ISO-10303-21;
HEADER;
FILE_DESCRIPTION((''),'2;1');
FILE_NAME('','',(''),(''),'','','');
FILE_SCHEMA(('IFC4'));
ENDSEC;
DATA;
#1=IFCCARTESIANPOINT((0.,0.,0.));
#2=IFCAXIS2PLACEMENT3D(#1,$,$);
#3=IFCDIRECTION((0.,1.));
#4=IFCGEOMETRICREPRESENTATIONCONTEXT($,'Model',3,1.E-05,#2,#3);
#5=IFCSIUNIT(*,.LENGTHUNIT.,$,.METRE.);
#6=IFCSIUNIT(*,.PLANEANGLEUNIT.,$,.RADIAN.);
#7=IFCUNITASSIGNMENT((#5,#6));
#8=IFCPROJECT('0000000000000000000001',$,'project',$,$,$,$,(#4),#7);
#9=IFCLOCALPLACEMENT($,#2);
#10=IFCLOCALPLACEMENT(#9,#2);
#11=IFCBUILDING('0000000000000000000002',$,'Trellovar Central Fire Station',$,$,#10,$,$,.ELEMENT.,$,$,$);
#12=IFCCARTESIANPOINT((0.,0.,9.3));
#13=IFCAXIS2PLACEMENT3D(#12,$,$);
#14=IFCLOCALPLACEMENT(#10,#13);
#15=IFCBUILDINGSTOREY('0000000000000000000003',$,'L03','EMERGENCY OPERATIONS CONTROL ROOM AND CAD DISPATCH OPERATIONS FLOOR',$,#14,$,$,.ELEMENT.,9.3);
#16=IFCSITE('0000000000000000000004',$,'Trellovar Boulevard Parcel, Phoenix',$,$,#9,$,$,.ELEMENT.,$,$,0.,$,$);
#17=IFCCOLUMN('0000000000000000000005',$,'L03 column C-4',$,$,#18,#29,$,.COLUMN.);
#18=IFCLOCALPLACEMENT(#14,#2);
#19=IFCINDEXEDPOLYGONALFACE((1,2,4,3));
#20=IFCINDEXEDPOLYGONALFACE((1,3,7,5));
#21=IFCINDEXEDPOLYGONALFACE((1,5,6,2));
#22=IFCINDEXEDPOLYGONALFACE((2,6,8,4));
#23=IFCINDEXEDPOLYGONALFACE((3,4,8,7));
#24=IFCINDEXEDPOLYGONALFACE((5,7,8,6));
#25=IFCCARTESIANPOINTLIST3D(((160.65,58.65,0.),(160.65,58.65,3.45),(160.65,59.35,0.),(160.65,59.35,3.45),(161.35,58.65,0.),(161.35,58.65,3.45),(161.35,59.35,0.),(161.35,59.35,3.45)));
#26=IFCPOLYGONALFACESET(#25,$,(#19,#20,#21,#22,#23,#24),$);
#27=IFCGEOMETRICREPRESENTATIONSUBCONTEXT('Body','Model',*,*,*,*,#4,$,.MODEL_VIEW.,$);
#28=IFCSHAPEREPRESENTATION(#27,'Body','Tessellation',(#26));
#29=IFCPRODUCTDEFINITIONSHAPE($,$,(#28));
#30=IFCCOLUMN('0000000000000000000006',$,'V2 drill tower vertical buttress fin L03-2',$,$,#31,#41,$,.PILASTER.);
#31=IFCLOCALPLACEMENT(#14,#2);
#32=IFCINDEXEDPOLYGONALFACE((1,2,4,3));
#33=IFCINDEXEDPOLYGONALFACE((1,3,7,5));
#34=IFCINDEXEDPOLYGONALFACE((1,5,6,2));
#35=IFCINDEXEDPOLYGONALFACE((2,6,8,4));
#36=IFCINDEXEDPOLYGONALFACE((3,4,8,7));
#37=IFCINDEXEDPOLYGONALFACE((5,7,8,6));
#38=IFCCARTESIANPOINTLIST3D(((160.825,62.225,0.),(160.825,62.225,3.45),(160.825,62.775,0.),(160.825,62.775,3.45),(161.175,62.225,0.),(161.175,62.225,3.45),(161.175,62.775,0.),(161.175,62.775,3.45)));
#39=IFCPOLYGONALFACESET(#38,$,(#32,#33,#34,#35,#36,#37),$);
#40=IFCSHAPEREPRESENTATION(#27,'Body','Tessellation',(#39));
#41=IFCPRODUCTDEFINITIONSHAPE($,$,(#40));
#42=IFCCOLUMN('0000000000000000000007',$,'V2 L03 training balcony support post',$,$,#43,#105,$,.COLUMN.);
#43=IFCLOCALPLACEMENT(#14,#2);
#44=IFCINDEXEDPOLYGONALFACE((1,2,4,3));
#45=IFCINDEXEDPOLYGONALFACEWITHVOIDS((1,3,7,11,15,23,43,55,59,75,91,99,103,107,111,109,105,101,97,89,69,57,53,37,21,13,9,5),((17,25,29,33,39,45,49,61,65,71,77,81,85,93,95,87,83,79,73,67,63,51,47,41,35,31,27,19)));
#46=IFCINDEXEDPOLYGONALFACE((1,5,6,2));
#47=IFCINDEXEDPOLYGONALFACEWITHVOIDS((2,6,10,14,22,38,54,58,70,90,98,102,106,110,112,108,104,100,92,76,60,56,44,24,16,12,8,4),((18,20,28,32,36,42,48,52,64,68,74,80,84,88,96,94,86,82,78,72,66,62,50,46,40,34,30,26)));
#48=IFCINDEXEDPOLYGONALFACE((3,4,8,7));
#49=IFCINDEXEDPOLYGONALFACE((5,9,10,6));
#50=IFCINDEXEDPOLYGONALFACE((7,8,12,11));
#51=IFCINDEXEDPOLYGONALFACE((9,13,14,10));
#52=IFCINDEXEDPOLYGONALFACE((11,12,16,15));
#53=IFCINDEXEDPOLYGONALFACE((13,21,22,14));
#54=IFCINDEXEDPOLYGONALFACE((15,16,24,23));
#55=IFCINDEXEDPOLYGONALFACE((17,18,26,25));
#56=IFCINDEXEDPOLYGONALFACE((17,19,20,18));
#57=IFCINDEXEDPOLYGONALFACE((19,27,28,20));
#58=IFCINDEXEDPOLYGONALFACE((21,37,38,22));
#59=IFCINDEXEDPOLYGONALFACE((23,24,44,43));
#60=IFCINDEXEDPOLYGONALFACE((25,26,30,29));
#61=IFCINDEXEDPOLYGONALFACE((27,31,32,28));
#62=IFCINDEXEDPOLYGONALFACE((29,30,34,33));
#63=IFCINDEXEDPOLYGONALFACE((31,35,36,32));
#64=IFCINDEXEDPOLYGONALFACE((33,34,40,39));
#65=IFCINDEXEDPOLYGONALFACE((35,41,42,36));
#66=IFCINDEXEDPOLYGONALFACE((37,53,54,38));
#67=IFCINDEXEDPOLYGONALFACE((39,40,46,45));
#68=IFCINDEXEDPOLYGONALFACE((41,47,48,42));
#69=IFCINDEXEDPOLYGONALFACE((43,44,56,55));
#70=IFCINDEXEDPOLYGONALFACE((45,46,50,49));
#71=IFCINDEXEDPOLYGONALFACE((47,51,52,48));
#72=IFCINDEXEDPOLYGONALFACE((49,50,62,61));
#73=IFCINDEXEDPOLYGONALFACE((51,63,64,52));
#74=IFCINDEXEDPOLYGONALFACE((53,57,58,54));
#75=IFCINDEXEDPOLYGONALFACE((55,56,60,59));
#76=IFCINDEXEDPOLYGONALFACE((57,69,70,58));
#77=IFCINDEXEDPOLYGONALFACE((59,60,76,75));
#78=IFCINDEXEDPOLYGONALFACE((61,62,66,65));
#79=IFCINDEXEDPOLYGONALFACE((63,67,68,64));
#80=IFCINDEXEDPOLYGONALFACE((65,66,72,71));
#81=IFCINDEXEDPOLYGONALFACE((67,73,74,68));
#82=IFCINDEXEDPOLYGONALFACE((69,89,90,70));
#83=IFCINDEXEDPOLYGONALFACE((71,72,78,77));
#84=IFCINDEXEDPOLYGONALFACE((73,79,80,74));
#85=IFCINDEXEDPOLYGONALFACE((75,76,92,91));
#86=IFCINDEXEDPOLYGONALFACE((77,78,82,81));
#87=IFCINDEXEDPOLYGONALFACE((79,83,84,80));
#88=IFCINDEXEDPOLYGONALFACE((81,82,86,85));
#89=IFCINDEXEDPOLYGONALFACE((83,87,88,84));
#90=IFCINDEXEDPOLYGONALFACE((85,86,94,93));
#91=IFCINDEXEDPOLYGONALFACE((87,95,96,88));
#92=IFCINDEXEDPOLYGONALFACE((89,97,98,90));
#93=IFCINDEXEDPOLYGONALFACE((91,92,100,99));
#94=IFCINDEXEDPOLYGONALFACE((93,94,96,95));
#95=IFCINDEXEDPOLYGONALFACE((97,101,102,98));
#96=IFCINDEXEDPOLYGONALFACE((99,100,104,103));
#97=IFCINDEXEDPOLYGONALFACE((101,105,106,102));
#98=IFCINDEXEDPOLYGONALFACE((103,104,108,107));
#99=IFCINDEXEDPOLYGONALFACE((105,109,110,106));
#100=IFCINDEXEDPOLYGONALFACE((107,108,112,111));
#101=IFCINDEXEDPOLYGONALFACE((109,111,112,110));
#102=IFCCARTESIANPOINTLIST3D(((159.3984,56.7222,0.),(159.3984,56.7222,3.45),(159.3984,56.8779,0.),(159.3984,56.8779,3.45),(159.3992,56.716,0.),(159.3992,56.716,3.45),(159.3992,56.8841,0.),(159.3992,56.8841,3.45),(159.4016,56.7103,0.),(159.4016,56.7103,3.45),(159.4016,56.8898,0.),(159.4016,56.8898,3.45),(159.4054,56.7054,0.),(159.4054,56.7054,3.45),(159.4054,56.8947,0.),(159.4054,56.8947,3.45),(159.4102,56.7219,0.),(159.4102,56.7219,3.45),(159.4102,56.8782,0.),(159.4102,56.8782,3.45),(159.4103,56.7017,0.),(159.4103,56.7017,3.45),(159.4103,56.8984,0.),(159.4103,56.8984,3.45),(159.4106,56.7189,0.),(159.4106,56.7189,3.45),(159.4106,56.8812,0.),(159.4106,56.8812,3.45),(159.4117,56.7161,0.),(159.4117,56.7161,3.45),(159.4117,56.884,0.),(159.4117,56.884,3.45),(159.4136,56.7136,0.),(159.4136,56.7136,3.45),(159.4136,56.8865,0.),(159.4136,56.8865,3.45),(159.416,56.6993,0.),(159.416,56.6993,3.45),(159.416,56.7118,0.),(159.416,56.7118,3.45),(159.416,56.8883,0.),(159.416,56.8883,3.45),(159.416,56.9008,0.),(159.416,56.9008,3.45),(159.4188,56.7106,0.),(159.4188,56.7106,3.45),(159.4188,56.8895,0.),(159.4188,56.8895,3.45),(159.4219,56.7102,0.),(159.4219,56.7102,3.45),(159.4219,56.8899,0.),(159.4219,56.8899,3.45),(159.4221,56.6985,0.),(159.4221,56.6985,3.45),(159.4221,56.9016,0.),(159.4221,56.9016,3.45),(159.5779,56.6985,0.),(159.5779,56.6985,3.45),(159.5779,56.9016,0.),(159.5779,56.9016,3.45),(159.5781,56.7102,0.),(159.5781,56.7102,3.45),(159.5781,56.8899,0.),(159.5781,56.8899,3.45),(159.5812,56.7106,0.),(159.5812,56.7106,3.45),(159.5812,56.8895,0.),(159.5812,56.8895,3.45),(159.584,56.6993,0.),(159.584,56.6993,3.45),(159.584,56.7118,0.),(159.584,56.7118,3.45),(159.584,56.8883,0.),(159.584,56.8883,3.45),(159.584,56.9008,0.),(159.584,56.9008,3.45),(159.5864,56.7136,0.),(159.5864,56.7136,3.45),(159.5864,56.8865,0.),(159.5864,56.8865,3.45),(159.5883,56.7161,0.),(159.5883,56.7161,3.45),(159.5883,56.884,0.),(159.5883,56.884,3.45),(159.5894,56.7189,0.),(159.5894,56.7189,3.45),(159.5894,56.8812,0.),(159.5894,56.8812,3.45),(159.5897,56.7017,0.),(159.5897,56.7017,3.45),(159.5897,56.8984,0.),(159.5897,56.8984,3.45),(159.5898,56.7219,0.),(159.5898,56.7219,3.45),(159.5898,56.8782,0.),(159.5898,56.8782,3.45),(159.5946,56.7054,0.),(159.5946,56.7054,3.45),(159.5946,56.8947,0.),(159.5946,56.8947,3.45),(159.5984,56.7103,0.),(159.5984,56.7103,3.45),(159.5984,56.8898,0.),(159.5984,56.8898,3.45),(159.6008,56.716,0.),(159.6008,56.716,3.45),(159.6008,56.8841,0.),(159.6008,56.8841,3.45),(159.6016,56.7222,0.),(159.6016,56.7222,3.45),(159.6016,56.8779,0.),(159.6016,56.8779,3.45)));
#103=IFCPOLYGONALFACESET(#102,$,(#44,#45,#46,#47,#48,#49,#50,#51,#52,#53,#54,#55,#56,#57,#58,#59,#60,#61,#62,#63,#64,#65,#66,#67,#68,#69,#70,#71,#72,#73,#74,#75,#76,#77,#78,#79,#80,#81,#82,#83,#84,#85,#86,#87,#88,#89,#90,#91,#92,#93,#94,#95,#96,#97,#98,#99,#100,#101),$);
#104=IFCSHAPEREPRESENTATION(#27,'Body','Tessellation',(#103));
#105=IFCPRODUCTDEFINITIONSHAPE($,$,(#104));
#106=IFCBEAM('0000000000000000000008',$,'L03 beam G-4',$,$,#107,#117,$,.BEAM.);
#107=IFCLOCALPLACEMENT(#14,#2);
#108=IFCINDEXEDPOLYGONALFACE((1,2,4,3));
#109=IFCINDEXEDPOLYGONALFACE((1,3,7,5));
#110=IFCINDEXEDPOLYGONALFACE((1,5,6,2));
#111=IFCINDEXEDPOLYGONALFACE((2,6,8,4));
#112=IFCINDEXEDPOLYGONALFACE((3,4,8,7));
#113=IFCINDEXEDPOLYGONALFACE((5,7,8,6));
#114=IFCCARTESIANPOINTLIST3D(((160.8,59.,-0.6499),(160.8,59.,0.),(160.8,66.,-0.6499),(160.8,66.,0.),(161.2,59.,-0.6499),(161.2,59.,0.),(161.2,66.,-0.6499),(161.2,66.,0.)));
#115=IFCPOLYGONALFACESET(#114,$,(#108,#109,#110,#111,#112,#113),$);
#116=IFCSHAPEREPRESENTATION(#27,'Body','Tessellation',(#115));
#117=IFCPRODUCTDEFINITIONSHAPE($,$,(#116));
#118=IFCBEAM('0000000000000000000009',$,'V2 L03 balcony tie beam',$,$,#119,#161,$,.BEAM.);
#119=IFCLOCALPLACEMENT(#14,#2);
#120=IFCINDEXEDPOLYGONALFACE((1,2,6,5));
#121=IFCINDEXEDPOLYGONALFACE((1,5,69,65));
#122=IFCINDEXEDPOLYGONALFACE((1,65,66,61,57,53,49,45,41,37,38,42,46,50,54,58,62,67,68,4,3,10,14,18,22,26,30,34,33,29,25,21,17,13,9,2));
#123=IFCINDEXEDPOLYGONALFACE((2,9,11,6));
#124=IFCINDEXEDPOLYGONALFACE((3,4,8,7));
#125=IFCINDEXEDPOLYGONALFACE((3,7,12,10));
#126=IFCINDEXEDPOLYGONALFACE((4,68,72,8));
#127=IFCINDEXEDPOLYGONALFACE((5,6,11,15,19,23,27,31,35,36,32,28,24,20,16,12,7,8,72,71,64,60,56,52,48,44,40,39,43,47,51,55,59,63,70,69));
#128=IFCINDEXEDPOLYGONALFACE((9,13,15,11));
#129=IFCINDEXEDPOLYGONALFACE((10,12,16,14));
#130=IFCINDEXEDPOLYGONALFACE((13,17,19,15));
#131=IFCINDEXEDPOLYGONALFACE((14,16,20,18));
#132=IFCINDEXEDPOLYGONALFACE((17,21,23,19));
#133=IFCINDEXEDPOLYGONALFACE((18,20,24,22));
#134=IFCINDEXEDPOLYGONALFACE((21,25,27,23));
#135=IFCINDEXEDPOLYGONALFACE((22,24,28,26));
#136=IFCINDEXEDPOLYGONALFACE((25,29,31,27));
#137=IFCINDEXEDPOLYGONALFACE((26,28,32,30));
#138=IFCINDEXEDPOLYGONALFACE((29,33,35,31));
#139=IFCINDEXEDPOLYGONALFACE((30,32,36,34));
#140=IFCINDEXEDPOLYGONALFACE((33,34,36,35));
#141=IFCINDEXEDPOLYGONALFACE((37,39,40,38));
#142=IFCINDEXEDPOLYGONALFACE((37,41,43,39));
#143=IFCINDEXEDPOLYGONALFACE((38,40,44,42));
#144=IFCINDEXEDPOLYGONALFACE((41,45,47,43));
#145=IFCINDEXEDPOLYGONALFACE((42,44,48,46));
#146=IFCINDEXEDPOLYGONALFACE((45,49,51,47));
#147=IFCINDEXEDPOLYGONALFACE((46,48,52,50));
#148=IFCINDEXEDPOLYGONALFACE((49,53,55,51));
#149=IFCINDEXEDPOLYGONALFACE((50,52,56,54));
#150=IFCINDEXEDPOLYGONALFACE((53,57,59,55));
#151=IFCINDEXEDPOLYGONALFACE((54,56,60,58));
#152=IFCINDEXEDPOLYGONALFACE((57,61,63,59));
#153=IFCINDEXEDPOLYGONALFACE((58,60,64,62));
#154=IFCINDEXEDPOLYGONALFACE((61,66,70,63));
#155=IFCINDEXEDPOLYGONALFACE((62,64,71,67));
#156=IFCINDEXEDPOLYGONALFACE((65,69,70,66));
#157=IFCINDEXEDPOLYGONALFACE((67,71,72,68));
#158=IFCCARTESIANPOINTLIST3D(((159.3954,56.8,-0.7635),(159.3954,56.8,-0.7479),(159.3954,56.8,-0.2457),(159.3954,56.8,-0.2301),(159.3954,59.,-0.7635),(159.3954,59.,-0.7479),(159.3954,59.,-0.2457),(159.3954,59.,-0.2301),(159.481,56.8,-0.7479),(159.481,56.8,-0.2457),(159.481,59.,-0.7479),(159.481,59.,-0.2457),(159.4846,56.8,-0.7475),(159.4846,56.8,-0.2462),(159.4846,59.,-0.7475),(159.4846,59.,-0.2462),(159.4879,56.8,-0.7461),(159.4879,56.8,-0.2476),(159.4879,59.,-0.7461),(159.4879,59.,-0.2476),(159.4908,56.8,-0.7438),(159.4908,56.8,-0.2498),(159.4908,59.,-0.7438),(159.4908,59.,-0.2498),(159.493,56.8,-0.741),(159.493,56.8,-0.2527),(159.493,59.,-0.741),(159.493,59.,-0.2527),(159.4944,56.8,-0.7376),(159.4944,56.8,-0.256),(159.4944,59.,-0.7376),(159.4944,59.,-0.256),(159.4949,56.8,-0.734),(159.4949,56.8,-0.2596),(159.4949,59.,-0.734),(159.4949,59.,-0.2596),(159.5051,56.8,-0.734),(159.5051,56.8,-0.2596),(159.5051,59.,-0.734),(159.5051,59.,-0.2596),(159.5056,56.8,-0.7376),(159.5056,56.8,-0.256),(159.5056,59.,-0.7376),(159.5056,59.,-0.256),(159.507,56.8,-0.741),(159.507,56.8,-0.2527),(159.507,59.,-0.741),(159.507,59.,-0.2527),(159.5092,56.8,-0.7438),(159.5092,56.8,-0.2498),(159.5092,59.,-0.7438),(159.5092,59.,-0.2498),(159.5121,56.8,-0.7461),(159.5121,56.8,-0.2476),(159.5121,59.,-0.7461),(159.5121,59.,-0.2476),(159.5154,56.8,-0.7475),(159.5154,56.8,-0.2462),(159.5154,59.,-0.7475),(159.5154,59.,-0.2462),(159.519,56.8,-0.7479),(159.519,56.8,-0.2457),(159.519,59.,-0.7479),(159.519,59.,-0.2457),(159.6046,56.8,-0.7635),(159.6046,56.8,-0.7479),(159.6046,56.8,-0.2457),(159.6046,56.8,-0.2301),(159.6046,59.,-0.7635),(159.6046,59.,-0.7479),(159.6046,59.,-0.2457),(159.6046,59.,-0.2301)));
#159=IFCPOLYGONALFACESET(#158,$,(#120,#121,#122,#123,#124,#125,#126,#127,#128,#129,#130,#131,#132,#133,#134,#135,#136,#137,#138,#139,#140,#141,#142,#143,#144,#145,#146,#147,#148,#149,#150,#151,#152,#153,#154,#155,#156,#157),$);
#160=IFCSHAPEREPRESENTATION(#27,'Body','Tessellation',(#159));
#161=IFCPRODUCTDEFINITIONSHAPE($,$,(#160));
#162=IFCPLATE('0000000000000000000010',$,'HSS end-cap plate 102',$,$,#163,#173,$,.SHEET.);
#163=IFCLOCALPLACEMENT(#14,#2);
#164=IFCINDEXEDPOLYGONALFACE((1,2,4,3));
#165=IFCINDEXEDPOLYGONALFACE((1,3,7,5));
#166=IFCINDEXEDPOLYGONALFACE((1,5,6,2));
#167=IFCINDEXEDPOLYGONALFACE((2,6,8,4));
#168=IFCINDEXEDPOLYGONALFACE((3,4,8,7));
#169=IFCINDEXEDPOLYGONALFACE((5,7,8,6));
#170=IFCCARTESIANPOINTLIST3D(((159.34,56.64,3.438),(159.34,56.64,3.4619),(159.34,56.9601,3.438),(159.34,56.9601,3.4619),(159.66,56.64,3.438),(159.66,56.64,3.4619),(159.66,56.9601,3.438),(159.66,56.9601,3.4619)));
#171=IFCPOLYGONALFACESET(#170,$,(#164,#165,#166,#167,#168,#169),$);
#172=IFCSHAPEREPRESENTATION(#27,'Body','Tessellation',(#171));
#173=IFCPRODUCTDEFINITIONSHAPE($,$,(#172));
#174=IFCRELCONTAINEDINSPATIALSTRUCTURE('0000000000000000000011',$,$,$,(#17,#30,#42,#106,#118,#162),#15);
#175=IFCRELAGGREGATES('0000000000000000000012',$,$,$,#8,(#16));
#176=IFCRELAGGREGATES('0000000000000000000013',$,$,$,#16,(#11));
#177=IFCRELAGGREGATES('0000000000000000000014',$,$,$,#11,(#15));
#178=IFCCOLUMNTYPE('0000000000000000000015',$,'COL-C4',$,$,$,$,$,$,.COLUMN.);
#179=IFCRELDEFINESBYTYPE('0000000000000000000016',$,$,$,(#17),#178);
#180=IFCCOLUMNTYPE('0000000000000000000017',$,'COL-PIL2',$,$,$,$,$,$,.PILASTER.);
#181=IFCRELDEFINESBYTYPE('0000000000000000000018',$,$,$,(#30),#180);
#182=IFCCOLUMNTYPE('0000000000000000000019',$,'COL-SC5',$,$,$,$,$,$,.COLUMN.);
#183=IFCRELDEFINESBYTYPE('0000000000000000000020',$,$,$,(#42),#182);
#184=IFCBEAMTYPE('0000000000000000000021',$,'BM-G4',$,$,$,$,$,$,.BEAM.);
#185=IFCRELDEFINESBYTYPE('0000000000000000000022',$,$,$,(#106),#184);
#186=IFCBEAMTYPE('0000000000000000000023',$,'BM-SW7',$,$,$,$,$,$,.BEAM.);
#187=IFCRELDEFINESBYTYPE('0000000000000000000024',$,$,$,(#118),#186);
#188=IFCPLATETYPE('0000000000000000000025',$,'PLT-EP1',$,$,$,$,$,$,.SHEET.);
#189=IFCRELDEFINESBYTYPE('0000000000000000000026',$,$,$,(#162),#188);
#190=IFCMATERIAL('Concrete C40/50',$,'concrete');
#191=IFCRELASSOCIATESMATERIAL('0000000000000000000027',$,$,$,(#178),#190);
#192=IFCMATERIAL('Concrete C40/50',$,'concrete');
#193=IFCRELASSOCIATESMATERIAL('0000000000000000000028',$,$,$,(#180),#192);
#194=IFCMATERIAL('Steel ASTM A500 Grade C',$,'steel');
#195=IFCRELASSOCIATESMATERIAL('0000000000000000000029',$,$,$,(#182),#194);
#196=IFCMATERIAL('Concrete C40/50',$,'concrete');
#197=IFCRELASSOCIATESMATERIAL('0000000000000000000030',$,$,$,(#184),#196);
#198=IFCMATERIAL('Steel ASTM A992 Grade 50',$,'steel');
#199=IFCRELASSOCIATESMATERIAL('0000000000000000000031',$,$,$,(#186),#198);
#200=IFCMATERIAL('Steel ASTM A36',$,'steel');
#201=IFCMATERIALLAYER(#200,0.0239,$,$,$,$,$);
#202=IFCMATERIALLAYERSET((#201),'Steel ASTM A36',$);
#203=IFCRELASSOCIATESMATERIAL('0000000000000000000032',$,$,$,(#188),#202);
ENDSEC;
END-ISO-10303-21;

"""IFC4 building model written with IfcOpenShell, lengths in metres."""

from ifc_helpers import new_model, si_unit, direction, frame, origin, origin_2d, place, context, subcontext, project, spatial, rectangle, hollow_rectangle, i_section, extrude, material, layer, layer_set, material_profile, profile_set, type_object, element, save


model = new_model("IFC4")

# Units and contexts
model_context = context("Model", 3, precision=1e-05, world=origin(), true_north=direction((0.0, 1.0)))
body_context = subcontext(model_context, "Body", "Model", "MODEL_VIEW")
ifc_project = project(units=[si_unit("LENGTHUNIT", "METRE"), si_unit("PLANEANGLEUNIT", "RADIAN")], contexts=[model_context])

# Site, building, storey
site_placement = place(None, origin())
site = spatial("IfcSite", under=ifc_project, at=site_placement, Name="Trellovar Boulevard Parcel, Phoenix", CompositionType="ELEMENT", RefElevation=0.0)
building_placement = place(site_placement, origin())
building = spatial("IfcBuilding", under=site, at=building_placement, Name="Trellovar Central Fire Station", CompositionType="ELEMENT")
storey_placement = place(building_placement, frame((0.0, 0.0, 9.3)))
storey = spatial("IfcBuildingStorey", under=building, at=storey_placement, Name="L03", Description="EMERGENCY OPERATIONS CONTROL ROOM AND CAD DISPATCH OPERATIONS FLOOR", CompositionType="ELEMENT", Elevation=9.3)

# Columns
ifc_material_1 = material(Name="Concrete C40/50", Category="concrete")
ifc_material_profile_1 = material_profile(ifc_material_1, rectangle(XDim=0.7, YDim=0.7, at=origin_2d()), Name="RC700X700")
ifc_profile_set_1 = profile_set([ifc_material_profile_1], Name="Concrete C40/50")
column_type_1 = type_object("IfcColumnType", Name="COL-C4", PredefinedType="COLUMN", material=ifc_profile_set_1)
column_1_placement = place(storey_placement, frame((161.0, 59.0, 0.0), z_axis=(0.0, 0.0, 1.0), x_axis=(1.0, 0.0, 0.0)))
element("IfcColumn", 1, at=column_1_placement, inside=storey, type_object=column_type_1, Name="L03 column C-4", PredefinedType="COLUMN", context=body_context, shape_type="SweptSolid", body=[
    extrude(rectangle(XDim=0.7, YDim=0.7, at=origin_2d()), origin(), (0.0, 0.0, 1.0), 3.45),
])
ifc_material_2 = material(Name="Concrete C40/50", Category="concrete")
ifc_material_profile_2 = material_profile(ifc_material_2, rectangle(XDim=0.3501, YDim=0.55, at=origin_2d()), Name="RC350X550")
ifc_profile_set_2 = profile_set([ifc_material_profile_2], Name="Concrete C40/50")
column_type_2 = type_object("IfcColumnType", Name="COL-PIL2", PredefinedType="PILASTER", material=ifc_profile_set_2)
column_2_placement = place(storey_placement, frame((161.0, 62.5, 0.0), z_axis=(0.0, 0.0, 1.0), x_axis=(1.0, 0.0, 0.0)))
element("IfcColumn", 2, at=column_2_placement, inside=storey, type_object=column_type_2, Name="V2 drill tower vertical buttress fin L03-2", PredefinedType="PILASTER", context=body_context, shape_type="SweptSolid", body=[
    extrude(rectangle(XDim=0.3501, YDim=0.55, at=origin_2d()), origin(), (0.0, 0.0, 1.0), 3.45),
])
ifc_material_3 = material(Name="Steel ASTM A500 Grade C", Category="steel")
ifc_material_profile_3 = material_profile(ifc_material_3, hollow_rectangle(XDim=0.2031, YDim=0.2031, WallThickness=0.0117, InnerFilletRadius=0.0117, OuterFilletRadius=0.0237, at=origin_2d()), Name="HSS8X8X1/2")
ifc_profile_set_3 = profile_set([ifc_material_profile_3], Name="Steel ASTM A500 Grade C")
column_type_3 = type_object("IfcColumnType", Name="COL-SC5", PredefinedType="COLUMN", material=ifc_profile_set_3)
column_3_placement = place(storey_placement, frame((159.5, 56.8, 0.0), z_axis=(0.0, 0.0, 1.0), x_axis=(1.0, 0.0, 0.0)))
element("IfcColumn", 3, at=column_3_placement, inside=storey, type_object=column_type_3, Name="V2 L03 training balcony support post", PredefinedType="COLUMN", context=body_context, shape_type="SweptSolid", body=[
    extrude(hollow_rectangle(XDim=0.2031, YDim=0.2031, WallThickness=0.0117, InnerFilletRadius=0.0117, OuterFilletRadius=0.0237, at=origin_2d()), origin(), (0.0, 0.0, 1.0), 3.45),
])

# Beams
ifc_material_4 = material(Name="Concrete C40/50", Category="concrete")
ifc_material_profile_4 = material_profile(ifc_material_4, rectangle(XDim=0.3999, YDim=0.6499, at=origin_2d()), Name="RC400X650")
ifc_profile_set_4 = profile_set([ifc_material_profile_4], Name="Concrete C40/50")
beam_type_1 = type_object("IfcBeamType", Name="BM-G4", PredefinedType="BEAM", material=ifc_profile_set_4)
beam_1_placement = place(storey_placement, frame((161.0, 59.0, -0.325), z_axis=(0.0, 1.0, 0.0), x_axis=(-1.0, 0.0, 0.0)))
element("IfcBeam", 4, at=beam_1_placement, inside=storey, type_object=beam_type_1, Name="L03 beam G-4", PredefinedType="BEAM", context=body_context, shape_type="SweptSolid", body=[
    extrude(rectangle(XDim=0.3999, YDim=0.6499, at=origin_2d()), origin(), (0.0, 0.0, 1.0), 7.0),
])
ifc_material_5 = material(Name="Steel ASTM A992 Grade 50", Category="steel")
ifc_material_profile_5 = material_profile(ifc_material_5, i_section(OverallWidth=0.2092, OverallDepth=0.5334, WebThickness=0.0103, FlangeThickness=0.0156, FilletRadius=0.0139, at=origin_2d()), Name="W21X62")
ifc_profile_set_5 = profile_set([ifc_material_profile_5], Name="Steel ASTM A992 Grade 50")
beam_type_2 = type_object("IfcBeamType", Name="BM-SW7", PredefinedType="BEAM", material=ifc_profile_set_5)
beam_2_placement = place(storey_placement, frame((159.5, 56.8, -0.4968), z_axis=(0.0, 1.0, 0.0), x_axis=(-1.0, 0.0, 0.0)))
element("IfcBeam", 5, at=beam_2_placement, inside=storey, type_object=beam_type_2, Name="V2 L03 balcony tie beam", PredefinedType="BEAM", context=body_context, shape_type="SweptSolid", body=[
    extrude(i_section(OverallWidth=0.2092, OverallDepth=0.5334, WebThickness=0.0103, FlangeThickness=0.0156, FilletRadius=0.0139, at=origin_2d()), origin(), (0.0, 0.0, 1.0), 2.2),
])

# Plate
ifc_material_6 = material(Name="Steel ASTM A36", Category="steel")
ifc_layer_1 = layer(ifc_material_6, 0.0239)
ifc_layer_set_1 = layer_set([ifc_layer_1], Name="Steel ASTM A36")
plate_type = type_object("IfcPlateType", Name="PLT-EP1", PredefinedType="SHEET", material=ifc_layer_set_1)
plate_placement = place(storey_placement, frame((159.5, 56.8, 3.438), z_axis=(0.0, 0.0, 1.0), x_axis=(1.0, 0.0, 0.0)))
element("IfcPlate", 6, at=plate_placement, inside=storey, type_object=plate_type, Name="HSS end-cap plate 102", PredefinedType="SHEET", context=body_context, shape_type="SweptSolid", body=[
    extrude(rectangle(XDim=0.3201, YDim=0.3201, at=origin_2d()), origin(), (0.0, 0.0, 1.0), 0.0239),
])

save(model, "model.ifc")
